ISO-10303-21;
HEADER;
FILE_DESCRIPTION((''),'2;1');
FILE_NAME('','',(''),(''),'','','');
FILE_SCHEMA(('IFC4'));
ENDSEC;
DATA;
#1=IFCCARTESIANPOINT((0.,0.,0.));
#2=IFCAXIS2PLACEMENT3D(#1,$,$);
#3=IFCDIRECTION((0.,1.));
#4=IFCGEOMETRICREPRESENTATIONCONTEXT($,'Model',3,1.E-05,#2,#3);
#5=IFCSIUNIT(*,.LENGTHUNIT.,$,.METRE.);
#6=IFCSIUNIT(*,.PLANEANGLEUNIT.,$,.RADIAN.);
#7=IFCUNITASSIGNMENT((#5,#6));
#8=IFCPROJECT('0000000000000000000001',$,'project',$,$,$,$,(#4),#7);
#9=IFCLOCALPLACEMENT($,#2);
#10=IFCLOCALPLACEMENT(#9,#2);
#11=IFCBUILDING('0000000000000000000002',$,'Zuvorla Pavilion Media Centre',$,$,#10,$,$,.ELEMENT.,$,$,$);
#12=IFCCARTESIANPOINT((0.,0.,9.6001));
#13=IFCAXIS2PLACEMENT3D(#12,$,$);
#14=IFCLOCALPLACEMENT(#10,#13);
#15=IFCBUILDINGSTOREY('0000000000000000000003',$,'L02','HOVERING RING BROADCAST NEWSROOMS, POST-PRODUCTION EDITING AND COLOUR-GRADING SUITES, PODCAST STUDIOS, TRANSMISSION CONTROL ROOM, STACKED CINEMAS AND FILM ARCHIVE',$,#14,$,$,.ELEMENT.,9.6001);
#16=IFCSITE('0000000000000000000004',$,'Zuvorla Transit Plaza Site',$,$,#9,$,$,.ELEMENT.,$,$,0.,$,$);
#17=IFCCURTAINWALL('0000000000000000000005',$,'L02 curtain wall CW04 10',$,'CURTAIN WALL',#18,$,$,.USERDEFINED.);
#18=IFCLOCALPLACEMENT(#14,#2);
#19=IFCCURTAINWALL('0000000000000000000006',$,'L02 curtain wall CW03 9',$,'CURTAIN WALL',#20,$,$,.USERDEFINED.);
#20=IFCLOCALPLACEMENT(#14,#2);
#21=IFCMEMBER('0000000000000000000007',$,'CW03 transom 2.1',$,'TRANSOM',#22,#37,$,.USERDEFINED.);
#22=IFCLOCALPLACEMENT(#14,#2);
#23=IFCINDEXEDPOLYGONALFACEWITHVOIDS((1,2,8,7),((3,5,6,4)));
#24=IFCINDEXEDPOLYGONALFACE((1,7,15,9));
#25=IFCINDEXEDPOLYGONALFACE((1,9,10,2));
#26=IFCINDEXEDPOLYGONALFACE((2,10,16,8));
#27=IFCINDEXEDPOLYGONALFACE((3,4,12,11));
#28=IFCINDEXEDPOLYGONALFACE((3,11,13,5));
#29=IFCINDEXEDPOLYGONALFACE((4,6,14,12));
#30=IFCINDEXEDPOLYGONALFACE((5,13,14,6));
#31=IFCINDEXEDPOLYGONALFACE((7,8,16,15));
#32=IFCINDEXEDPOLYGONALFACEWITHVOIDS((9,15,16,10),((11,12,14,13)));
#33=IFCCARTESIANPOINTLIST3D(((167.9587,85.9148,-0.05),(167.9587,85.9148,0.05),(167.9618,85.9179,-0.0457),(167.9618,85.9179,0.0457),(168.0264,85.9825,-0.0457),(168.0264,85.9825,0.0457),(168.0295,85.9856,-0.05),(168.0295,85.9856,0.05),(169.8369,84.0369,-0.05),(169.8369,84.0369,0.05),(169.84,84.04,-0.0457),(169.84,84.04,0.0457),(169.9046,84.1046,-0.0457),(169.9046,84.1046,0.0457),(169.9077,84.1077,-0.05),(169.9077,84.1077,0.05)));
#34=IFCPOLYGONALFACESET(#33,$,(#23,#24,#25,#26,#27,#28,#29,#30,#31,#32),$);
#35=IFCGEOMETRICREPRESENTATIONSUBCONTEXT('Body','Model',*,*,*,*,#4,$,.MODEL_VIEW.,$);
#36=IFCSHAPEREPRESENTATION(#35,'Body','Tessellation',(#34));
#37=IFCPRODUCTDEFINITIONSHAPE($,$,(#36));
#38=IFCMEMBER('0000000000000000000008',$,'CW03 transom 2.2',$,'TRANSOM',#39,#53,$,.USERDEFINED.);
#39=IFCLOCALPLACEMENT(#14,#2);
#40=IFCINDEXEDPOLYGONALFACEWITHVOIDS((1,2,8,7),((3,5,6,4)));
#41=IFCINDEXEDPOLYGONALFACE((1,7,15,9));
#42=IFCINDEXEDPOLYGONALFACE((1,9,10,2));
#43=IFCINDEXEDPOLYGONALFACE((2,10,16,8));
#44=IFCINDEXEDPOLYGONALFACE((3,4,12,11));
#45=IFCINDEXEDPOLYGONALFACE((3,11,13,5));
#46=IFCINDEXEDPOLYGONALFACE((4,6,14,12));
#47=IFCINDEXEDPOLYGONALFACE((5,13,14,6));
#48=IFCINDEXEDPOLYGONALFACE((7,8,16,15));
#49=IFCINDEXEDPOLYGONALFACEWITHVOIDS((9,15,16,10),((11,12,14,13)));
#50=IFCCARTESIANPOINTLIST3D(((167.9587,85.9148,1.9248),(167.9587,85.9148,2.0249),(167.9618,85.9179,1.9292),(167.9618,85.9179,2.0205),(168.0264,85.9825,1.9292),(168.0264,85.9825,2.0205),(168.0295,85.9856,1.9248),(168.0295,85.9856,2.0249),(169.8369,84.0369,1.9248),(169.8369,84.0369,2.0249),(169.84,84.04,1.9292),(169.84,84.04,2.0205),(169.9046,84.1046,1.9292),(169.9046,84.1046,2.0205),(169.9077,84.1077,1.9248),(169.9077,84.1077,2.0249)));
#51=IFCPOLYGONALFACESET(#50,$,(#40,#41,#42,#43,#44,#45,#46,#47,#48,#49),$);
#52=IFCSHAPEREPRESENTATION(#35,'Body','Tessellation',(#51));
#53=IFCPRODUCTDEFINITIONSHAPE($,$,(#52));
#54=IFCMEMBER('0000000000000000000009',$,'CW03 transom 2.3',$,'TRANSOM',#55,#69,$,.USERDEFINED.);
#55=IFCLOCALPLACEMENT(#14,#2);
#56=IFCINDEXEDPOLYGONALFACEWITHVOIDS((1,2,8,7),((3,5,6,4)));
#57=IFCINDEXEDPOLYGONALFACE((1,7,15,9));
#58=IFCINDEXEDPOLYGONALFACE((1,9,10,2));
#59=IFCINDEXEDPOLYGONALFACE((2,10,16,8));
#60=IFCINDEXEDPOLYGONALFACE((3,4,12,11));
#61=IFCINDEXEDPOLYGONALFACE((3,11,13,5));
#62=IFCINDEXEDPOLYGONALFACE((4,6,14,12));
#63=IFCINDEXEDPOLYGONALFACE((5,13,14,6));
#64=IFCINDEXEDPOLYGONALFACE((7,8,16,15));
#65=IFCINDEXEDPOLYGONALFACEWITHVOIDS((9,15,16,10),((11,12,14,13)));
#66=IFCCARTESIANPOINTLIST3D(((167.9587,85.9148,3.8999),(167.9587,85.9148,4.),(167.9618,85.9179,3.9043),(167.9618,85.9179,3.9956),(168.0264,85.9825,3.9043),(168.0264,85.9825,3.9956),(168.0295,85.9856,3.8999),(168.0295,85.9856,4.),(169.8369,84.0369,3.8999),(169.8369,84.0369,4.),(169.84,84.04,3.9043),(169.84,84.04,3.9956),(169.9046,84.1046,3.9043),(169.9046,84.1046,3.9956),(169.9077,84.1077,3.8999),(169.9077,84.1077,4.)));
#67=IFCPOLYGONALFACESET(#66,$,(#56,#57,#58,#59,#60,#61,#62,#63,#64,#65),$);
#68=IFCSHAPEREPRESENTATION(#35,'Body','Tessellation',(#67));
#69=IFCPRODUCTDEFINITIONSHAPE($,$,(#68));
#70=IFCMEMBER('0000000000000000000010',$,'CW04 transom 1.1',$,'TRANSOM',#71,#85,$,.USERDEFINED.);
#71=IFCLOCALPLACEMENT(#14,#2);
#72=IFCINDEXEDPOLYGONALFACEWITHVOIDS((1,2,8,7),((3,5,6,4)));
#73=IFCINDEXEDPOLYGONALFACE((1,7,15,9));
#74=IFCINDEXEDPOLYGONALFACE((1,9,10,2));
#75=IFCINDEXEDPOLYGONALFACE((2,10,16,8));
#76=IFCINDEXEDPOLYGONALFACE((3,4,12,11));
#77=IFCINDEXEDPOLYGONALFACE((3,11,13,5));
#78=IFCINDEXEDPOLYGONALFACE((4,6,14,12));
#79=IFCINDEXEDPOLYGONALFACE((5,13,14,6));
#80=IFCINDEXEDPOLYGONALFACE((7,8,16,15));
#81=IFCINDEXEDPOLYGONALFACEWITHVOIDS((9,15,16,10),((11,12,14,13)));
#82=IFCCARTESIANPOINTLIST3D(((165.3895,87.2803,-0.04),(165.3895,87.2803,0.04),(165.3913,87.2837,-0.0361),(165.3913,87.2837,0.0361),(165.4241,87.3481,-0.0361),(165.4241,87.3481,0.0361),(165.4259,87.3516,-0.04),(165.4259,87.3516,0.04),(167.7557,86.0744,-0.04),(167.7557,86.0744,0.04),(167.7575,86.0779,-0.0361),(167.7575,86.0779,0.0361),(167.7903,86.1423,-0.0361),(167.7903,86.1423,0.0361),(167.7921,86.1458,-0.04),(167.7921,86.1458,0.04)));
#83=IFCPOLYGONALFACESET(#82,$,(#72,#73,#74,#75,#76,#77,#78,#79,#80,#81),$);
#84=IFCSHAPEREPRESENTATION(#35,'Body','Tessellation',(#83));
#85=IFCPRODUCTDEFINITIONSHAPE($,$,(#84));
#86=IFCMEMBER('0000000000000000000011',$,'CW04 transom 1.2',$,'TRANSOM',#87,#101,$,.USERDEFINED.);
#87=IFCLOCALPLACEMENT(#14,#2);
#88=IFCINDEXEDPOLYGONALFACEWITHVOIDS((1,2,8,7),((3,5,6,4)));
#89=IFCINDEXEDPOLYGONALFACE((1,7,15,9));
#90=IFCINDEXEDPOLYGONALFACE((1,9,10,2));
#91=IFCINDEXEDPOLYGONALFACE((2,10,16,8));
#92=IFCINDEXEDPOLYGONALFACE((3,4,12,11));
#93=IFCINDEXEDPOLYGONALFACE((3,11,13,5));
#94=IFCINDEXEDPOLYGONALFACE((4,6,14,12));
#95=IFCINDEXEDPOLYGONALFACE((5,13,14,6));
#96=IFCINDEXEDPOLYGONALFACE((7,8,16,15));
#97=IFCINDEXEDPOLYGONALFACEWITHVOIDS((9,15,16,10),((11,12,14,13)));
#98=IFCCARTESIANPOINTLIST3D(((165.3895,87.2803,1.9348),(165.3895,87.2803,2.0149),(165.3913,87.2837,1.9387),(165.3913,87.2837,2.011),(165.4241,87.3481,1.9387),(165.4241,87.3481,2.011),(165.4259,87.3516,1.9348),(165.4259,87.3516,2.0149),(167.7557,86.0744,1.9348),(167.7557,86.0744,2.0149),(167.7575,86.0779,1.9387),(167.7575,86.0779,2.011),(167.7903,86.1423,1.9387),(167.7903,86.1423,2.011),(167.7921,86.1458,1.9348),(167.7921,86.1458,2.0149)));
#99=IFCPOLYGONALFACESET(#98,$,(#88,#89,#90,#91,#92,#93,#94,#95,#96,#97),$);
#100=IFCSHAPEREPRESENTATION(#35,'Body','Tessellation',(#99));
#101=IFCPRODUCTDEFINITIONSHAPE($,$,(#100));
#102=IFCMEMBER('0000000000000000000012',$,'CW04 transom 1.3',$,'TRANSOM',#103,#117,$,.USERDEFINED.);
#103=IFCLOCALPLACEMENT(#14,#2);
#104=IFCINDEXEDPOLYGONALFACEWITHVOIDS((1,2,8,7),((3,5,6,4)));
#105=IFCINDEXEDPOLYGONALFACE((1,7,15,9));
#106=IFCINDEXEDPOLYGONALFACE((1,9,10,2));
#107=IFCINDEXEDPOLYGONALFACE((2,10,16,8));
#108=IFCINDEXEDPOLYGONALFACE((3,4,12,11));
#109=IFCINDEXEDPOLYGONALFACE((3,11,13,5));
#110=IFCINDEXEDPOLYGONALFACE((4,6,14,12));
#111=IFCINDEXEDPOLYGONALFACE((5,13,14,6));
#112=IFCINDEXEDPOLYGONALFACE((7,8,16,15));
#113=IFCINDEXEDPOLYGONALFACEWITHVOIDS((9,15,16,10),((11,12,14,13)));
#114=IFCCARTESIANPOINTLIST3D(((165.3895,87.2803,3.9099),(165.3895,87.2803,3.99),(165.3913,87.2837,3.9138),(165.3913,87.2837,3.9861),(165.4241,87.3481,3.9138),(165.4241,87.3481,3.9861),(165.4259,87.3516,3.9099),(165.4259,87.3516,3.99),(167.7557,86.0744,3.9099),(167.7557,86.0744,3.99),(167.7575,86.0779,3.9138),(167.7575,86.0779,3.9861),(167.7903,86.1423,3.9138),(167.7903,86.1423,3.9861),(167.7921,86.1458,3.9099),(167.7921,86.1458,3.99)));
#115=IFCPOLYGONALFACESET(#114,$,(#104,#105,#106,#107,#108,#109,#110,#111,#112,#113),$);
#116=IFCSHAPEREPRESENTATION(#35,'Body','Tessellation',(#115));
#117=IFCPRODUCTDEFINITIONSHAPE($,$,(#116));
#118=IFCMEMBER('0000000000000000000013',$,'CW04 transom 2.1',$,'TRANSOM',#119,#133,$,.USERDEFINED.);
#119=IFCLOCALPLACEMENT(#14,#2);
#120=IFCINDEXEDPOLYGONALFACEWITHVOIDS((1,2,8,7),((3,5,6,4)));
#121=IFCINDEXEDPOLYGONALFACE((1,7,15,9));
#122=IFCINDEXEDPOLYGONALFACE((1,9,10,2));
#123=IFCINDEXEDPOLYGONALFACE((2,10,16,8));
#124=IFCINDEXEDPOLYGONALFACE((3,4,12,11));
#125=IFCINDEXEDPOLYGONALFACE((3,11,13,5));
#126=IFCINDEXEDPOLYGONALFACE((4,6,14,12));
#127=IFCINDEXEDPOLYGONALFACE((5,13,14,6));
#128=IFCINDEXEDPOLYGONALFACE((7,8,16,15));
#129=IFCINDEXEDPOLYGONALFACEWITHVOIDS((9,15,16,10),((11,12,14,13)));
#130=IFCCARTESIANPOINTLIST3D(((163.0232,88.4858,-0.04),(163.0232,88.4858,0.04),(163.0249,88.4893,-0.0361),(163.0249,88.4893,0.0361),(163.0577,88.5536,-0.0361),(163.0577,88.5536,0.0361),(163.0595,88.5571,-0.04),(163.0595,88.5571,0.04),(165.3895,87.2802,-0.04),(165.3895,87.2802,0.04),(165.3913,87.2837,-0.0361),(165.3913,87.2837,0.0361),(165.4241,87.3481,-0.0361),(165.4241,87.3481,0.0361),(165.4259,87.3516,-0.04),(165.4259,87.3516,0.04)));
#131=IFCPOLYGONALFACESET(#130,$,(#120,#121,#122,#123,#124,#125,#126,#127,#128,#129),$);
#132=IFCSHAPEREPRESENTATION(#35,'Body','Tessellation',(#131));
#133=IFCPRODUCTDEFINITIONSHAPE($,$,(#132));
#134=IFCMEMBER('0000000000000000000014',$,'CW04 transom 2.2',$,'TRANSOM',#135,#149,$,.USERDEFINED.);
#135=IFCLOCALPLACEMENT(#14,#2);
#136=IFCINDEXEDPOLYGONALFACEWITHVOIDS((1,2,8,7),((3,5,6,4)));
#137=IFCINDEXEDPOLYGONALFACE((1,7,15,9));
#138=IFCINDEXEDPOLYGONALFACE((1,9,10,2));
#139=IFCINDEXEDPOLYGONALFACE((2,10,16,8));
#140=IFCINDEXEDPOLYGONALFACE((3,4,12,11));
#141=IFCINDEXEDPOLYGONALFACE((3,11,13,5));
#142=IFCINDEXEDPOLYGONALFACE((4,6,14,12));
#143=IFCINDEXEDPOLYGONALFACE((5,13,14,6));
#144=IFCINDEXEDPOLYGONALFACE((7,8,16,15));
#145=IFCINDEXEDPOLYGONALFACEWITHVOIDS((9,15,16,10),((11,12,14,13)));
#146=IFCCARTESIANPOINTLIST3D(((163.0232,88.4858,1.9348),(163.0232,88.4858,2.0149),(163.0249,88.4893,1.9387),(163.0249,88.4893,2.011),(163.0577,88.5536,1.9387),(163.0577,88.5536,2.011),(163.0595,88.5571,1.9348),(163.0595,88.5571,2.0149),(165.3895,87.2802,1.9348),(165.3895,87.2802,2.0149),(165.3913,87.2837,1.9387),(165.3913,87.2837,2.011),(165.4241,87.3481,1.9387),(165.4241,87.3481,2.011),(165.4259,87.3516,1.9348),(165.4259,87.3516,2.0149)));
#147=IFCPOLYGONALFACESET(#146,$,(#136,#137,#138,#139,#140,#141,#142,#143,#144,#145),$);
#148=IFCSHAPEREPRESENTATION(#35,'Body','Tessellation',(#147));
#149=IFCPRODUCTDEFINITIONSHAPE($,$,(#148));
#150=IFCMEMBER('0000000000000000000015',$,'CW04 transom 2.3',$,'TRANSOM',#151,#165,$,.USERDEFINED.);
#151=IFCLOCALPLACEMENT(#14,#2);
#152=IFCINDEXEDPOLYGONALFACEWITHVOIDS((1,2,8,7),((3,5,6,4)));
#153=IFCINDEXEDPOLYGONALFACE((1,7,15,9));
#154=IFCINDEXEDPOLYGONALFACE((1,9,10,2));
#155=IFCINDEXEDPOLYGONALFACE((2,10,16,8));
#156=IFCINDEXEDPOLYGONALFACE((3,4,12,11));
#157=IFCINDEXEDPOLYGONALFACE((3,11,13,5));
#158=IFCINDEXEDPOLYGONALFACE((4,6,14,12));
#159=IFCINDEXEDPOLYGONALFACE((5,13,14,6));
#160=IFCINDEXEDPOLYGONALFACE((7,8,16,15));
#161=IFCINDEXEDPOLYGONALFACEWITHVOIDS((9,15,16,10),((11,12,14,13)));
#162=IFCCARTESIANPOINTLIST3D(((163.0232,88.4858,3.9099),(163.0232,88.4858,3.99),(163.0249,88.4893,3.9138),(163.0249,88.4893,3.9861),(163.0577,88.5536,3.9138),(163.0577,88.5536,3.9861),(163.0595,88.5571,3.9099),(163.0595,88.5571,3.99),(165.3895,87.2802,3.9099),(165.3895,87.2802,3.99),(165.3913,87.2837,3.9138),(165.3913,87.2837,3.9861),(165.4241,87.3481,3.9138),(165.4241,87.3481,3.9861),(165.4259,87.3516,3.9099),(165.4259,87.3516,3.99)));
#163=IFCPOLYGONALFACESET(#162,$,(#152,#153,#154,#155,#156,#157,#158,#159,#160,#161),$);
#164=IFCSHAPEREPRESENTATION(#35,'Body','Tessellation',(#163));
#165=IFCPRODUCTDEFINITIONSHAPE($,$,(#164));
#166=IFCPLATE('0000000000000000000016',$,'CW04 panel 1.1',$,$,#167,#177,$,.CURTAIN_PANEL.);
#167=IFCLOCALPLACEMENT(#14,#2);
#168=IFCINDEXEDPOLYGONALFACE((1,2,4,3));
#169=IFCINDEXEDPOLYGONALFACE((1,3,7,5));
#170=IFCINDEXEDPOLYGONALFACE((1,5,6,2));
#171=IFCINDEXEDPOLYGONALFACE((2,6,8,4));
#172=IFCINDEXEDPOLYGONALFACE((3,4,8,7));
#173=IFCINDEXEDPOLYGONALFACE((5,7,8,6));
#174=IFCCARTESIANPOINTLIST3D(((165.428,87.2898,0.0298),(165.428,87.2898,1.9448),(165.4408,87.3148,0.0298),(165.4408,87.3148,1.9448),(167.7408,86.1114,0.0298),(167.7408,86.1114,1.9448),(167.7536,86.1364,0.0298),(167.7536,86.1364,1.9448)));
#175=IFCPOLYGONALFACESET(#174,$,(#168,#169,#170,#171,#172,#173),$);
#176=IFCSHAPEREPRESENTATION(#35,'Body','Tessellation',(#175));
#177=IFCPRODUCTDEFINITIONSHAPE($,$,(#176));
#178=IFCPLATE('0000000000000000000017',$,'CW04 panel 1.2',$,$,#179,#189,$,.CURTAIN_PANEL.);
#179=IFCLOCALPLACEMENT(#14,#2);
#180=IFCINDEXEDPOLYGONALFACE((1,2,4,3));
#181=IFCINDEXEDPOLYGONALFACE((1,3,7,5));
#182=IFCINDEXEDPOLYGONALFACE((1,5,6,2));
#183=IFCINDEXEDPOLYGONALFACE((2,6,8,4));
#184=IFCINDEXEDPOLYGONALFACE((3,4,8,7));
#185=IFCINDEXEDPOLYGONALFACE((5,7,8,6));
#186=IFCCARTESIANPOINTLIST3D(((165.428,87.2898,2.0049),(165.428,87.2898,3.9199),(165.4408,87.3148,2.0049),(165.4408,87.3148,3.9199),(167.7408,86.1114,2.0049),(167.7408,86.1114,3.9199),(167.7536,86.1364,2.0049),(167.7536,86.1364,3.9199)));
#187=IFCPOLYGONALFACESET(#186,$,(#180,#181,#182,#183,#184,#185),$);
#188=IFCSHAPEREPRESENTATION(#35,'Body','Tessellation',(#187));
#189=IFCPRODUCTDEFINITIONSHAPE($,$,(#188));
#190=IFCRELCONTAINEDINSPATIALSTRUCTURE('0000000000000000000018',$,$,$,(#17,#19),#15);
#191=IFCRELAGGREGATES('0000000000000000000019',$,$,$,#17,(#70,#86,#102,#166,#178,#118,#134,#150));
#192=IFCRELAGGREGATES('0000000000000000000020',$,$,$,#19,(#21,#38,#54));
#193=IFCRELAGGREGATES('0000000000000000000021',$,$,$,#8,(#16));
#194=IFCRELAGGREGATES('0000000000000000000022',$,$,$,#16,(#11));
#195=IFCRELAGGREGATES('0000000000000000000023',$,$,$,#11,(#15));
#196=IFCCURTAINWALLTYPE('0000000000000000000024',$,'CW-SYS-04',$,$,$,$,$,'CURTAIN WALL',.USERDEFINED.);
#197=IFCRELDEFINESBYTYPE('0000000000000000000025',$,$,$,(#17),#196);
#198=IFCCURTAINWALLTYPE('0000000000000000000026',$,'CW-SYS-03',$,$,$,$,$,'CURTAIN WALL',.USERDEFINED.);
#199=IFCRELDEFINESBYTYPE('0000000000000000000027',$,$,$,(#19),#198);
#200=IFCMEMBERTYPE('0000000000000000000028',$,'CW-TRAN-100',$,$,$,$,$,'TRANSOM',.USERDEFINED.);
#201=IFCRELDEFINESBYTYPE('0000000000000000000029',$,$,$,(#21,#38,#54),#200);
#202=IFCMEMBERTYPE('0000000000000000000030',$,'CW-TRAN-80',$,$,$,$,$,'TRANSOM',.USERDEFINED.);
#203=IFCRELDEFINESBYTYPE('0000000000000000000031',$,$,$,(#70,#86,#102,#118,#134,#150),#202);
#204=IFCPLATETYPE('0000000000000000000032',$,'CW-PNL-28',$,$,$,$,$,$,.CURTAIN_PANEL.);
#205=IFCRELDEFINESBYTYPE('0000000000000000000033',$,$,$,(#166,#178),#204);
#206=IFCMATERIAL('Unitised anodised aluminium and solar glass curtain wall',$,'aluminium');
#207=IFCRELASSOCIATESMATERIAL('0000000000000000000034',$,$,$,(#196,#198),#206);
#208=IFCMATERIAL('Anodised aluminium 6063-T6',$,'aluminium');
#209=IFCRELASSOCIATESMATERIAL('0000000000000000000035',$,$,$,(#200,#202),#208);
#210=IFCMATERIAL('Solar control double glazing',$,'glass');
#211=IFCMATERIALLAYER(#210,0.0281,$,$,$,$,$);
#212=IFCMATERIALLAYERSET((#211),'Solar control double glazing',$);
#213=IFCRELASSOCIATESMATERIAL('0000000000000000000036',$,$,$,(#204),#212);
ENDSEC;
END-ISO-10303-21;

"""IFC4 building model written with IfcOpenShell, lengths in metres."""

from ifc_helpers import new_model, si_unit, direction, frame, origin, origin_2d, place, context, subcontext, project, spatial, rectangle, hollow_rectangle, extrude, material, layer, layer_set, material_profile, profile_set, type_object, element, aggregate, save


model = new_model("IFC4")

# Units and contexts
model_context = context("Model", 3, precision=1e-05, world=origin(), true_north=direction((0.0, 1.0)))
body_context = subcontext(model_context, "Body", "Model", "MODEL_VIEW")
ifc_project = project(units=[si_unit("LENGTHUNIT", "METRE"), si_unit("PLANEANGLEUNIT", "RADIAN")], contexts=[model_context])

# Site, building, storey
site_placement = place(None, origin())
site = spatial("IfcSite", under=ifc_project, at=site_placement, Name="Zuvorla Transit Plaza Site", CompositionType="ELEMENT", RefElevation=0.0)
building_placement = place(site_placement, origin())
building = spatial("IfcBuilding", under=site, at=building_placement, Name="Zuvorla Pavilion Media Centre", CompositionType="ELEMENT")
storey_placement = place(building_placement, frame((0.0, 0.0, 9.6001)))
storey = spatial("IfcBuildingStorey", under=building, at=storey_placement, Name="L02", Description="HOVERING RING BROADCAST NEWSROOMS, POST-PRODUCTION EDITING AND COLOUR-GRADING SUITES, PODCAST STUDIOS, TRANSMISSION CONTROL ROOM, STACKED CINEMAS AND FILM ARCHIVE", CompositionType="ELEMENT", Elevation=9.6001)

# Curtain walls, members
ifc_material_1 = material(Name="Unitised anodised aluminium and solar glass curtain wall", Category="aluminium")
curtain_wall_type_1 = type_object("IfcCurtainWallType", Name="CW-SYS-04", ElementType="CURTAIN WALL", PredefinedType="USERDEFINED", material=ifc_material_1)
curtain_wall_1_placement = place(storey_placement, origin())
curtain_wall_1 = element("IfcCurtainWall", 1, at=curtain_wall_1_placement, inside=storey, type_object=curtain_wall_type_1, Name="L02 curtain wall CW04 10", ObjectType="CURTAIN WALL", PredefinedType="USERDEFINED")
ifc_material_2 = material(Name="Anodised aluminium 6063-T6", Category="aluminium")
curtain_wall_type_2 = type_object("IfcCurtainWallType", Name="CW-SYS-03", ElementType="CURTAIN WALL", PredefinedType="USERDEFINED", material=ifc_material_1)
curtain_wall_2_placement = place(storey_placement, origin())
curtain_wall_2 = element("IfcCurtainWall", 2, at=curtain_wall_2_placement, inside=storey, type_object=curtain_wall_type_2, Name="L02 curtain wall CW03 9", ObjectType="CURTAIN WALL", PredefinedType="USERDEFINED")
ifc_material_profile_1 = material_profile(ifc_material_2, hollow_rectangle(XDim=0.1001, YDim=0.1001, WallThickness=0.0044, at=origin_2d()), Name="ALU TRAN 100x100")
ifc_profile_set_1 = profile_set([ifc_material_profile_1], Name="Anodised aluminium 6063-T6")
member_type_1 = type_object("IfcMemberType", Name="CW-TRAN-100", ElementType="TRANSOM", PredefinedType="USERDEFINED", material=ifc_profile_set_1)
member_1_placement = place(storey_placement, frame((169.8723, 84.0723, 0.0), z_axis=(-0.707153, 0.707061, 0.0), x_axis=(-0.707061, -0.707153, 0.0)))
member_1 = element("IfcMember", 3, at=member_1_placement, type_object=member_type_1, Name="CW03 transom 2.1", ObjectType="TRANSOM", PredefinedType="USERDEFINED", context=body_context, shape_type="SweptSolid", body=[
    extrude(hollow_rectangle(XDim=0.1001, YDim=0.1001, WallThickness=0.0044, at=origin_2d()), origin(), (0.0, 0.0, 1.0), 2.656),
])
member_2_placement = place(storey_placement, frame((169.8723, 84.0723, 1.9749), z_axis=(-0.707153, 0.707061, 0.0), x_axis=(-0.707061, -0.707153, 0.0)))
member_2 = element("IfcMember", 4, at=member_2_placement, type_object=member_type_1, Name="CW03 transom 2.2", ObjectType="TRANSOM", PredefinedType="USERDEFINED", context=body_context, shape_type="SweptSolid", body=[
    extrude(hollow_rectangle(XDim=0.1001, YDim=0.1001, WallThickness=0.0044, at=origin_2d()), origin(), (0.0, 0.0, 1.0), 2.656),
])
member_3_placement = place(storey_placement, frame((169.8723, 84.0723, 3.95), z_axis=(-0.707153, 0.707061, 0.0), x_axis=(-0.707061, -0.707153, 0.0)))
member_3 = element("IfcMember", 5, at=member_3_placement, type_object=member_type_1, Name="CW03 transom 2.3", ObjectType="TRANSOM", PredefinedType="USERDEFINED", context=body_context, shape_type="SweptSolid", body=[
    extrude(hollow_rectangle(XDim=0.1001, YDim=0.1001, WallThickness=0.0044, at=origin_2d()), origin(), (0.0, 0.0, 1.0), 2.656),
])

# Members
ifc_material_profile_2 = material_profile(ifc_material_2, hollow_rectangle(XDim=0.0801, YDim=0.0801, WallThickness=0.0039, at=origin_2d()), Name="ALU TRAN 80x80")
ifc_profile_set_2 = profile_set([ifc_material_profile_2], Name="Anodised aluminium 6063-T6")
member_type_2 = type_object("IfcMemberType", Name="CW-TRAN-80", ElementType="TRANSOM", PredefinedType="USERDEFINED", material=ifc_profile_set_2)
member_4_placement = place(storey_placement, frame((167.7739, 86.1101, 0.0), z_axis=(-0.890981, 0.45404, 0.0), x_axis=(-0.45404, -0.890981, 0.0)))
member_4 = element("IfcMember", 6, at=member_4_placement, type_object=member_type_2, Name="CW04 transom 1.1", ObjectType="TRANSOM", PredefinedType="USERDEFINED", context=body_context, shape_type="SweptSolid", body=[
    extrude(hollow_rectangle(XDim=0.0801, YDim=0.0801, WallThickness=0.0039, at=origin_2d()), origin(), (0.0, 0.0, 1.0), 2.6558),
])
member_5_placement = place(storey_placement, frame((167.7739, 86.1101, 1.9749), z_axis=(-0.890981, 0.45404, 0.0), x_axis=(-0.45404, -0.890981, 0.0)))
member_5 = element("IfcMember", 7, at=member_5_placement, type_object=member_type_2, Name="CW04 transom 1.2", ObjectType="TRANSOM", PredefinedType="USERDEFINED", context=body_context, shape_type="SweptSolid", body=[
    extrude(hollow_rectangle(XDim=0.0801, YDim=0.0801, WallThickness=0.0039, at=origin_2d()), origin(), (0.0, 0.0, 1.0), 2.6558),
])
member_6_placement = place(storey_placement, frame((167.7739, 86.1101, 3.95), z_axis=(-0.890981, 0.45404, 0.0), x_axis=(-0.45404, -0.890981, 0.0)))
member_6 = element("IfcMember", 8, at=member_6_placement, type_object=member_type_2, Name="CW04 transom 1.3", ObjectType="TRANSOM", PredefinedType="USERDEFINED", context=body_context, shape_type="SweptSolid", body=[
    extrude(hollow_rectangle(XDim=0.0801, YDim=0.0801, WallThickness=0.0039, at=origin_2d()), origin(), (0.0, 0.0, 1.0), 2.6558),
])
member_7_placement = place(storey_placement, frame((165.4077, 87.3159, 0.0), z_axis=(-0.891037, 0.45393, 0.0), x_axis=(-0.45393, -0.891037, 0.0)))
member_7 = element("IfcMember", 9, at=member_7_placement, type_object=member_type_2, Name="CW04 transom 2.1", ObjectType="TRANSOM", PredefinedType="USERDEFINED", context=body_context, shape_type="SweptSolid", body=[
    extrude(hollow_rectangle(XDim=0.0801, YDim=0.0801, WallThickness=0.0039, at=origin_2d()), origin(), (0.0, 0.0, 1.0), 2.6558),
])
member_8_placement = place(storey_placement, frame((165.4077, 87.3159, 1.9749), z_axis=(-0.891037, 0.45393, 0.0), x_axis=(-0.45393, -0.891037, 0.0)))
member_8 = element("IfcMember", 10, at=member_8_placement, type_object=member_type_2, Name="CW04 transom 2.2", ObjectType="TRANSOM", PredefinedType="USERDEFINED", context=body_context, shape_type="SweptSolid", body=[
    extrude(hollow_rectangle(XDim=0.0801, YDim=0.0801, WallThickness=0.0039, at=origin_2d()), origin(), (0.0, 0.0, 1.0), 2.6558),
])
member_9_placement = place(storey_placement, frame((165.4077, 87.3159, 3.95), z_axis=(-0.891037, 0.45393, 0.0), x_axis=(-0.45393, -0.891037, 0.0)))
member_9 = element("IfcMember", 11, at=member_9_placement, type_object=member_type_2, Name="CW04 transom 2.3", ObjectType="TRANSOM", PredefinedType="USERDEFINED", context=body_context, shape_type="SweptSolid", body=[
    extrude(hollow_rectangle(XDim=0.0801, YDim=0.0801, WallThickness=0.0039, at=origin_2d()), origin(), (0.0, 0.0, 1.0), 2.6558),
])

# Plates
ifc_material_3 = material(Name="Solar control double glazing", Category="glass")
ifc_layer_1 = layer(ifc_material_3, 0.0281)
ifc_layer_set_1 = layer_set([ifc_layer_1], Name="Solar control double glazing")
plate_type_1 = type_object("IfcPlateType", Name="CW-PNL-28", PredefinedType="CURTAIN_PANEL", material=ifc_layer_set_1)
plate_1_placement = place(storey_placement, frame((166.5908, 86.7131, 0.0298), z_axis=(0.0, 0.0, 1.0), x_axis=(-0.891009, 0.453986, 0.0)))
plate_1 = element("IfcPlate", 12, at=plate_1_placement, type_object=plate_type_1, Name="CW04 panel 1.1", PredefinedType="CURTAIN_PANEL", context=body_context, shape_type="SweptSolid", body=[
    extrude(rectangle(XDim=2.5957, YDim=0.0281, at=origin_2d()), origin(), (0.0, 0.0, 1.0), 1.915),
])
plate_2_placement = place(storey_placement, frame((166.5908, 86.7131, 2.0049), z_axis=(0.0, 0.0, 1.0), x_axis=(-0.891009, 0.453986, 0.0)))
plate_2 = element("IfcPlate", 13, at=plate_2_placement, type_object=plate_type_1, Name="CW04 panel 1.2", PredefinedType="CURTAIN_PANEL", context=body_context, shape_type="SweptSolid", body=[
    extrude(rectangle(XDim=2.5957, YDim=0.0281, at=origin_2d()), origin(), (0.0, 0.0, 1.0), 1.915),
])
aggregate(curtain_wall_1, [member_4, member_5, member_6, plate_1, plate_2, member_7, member_8, member_9])
aggregate(curtain_wall_2, [member_1, member_2, member_3])

save(model, "model.ifc")
